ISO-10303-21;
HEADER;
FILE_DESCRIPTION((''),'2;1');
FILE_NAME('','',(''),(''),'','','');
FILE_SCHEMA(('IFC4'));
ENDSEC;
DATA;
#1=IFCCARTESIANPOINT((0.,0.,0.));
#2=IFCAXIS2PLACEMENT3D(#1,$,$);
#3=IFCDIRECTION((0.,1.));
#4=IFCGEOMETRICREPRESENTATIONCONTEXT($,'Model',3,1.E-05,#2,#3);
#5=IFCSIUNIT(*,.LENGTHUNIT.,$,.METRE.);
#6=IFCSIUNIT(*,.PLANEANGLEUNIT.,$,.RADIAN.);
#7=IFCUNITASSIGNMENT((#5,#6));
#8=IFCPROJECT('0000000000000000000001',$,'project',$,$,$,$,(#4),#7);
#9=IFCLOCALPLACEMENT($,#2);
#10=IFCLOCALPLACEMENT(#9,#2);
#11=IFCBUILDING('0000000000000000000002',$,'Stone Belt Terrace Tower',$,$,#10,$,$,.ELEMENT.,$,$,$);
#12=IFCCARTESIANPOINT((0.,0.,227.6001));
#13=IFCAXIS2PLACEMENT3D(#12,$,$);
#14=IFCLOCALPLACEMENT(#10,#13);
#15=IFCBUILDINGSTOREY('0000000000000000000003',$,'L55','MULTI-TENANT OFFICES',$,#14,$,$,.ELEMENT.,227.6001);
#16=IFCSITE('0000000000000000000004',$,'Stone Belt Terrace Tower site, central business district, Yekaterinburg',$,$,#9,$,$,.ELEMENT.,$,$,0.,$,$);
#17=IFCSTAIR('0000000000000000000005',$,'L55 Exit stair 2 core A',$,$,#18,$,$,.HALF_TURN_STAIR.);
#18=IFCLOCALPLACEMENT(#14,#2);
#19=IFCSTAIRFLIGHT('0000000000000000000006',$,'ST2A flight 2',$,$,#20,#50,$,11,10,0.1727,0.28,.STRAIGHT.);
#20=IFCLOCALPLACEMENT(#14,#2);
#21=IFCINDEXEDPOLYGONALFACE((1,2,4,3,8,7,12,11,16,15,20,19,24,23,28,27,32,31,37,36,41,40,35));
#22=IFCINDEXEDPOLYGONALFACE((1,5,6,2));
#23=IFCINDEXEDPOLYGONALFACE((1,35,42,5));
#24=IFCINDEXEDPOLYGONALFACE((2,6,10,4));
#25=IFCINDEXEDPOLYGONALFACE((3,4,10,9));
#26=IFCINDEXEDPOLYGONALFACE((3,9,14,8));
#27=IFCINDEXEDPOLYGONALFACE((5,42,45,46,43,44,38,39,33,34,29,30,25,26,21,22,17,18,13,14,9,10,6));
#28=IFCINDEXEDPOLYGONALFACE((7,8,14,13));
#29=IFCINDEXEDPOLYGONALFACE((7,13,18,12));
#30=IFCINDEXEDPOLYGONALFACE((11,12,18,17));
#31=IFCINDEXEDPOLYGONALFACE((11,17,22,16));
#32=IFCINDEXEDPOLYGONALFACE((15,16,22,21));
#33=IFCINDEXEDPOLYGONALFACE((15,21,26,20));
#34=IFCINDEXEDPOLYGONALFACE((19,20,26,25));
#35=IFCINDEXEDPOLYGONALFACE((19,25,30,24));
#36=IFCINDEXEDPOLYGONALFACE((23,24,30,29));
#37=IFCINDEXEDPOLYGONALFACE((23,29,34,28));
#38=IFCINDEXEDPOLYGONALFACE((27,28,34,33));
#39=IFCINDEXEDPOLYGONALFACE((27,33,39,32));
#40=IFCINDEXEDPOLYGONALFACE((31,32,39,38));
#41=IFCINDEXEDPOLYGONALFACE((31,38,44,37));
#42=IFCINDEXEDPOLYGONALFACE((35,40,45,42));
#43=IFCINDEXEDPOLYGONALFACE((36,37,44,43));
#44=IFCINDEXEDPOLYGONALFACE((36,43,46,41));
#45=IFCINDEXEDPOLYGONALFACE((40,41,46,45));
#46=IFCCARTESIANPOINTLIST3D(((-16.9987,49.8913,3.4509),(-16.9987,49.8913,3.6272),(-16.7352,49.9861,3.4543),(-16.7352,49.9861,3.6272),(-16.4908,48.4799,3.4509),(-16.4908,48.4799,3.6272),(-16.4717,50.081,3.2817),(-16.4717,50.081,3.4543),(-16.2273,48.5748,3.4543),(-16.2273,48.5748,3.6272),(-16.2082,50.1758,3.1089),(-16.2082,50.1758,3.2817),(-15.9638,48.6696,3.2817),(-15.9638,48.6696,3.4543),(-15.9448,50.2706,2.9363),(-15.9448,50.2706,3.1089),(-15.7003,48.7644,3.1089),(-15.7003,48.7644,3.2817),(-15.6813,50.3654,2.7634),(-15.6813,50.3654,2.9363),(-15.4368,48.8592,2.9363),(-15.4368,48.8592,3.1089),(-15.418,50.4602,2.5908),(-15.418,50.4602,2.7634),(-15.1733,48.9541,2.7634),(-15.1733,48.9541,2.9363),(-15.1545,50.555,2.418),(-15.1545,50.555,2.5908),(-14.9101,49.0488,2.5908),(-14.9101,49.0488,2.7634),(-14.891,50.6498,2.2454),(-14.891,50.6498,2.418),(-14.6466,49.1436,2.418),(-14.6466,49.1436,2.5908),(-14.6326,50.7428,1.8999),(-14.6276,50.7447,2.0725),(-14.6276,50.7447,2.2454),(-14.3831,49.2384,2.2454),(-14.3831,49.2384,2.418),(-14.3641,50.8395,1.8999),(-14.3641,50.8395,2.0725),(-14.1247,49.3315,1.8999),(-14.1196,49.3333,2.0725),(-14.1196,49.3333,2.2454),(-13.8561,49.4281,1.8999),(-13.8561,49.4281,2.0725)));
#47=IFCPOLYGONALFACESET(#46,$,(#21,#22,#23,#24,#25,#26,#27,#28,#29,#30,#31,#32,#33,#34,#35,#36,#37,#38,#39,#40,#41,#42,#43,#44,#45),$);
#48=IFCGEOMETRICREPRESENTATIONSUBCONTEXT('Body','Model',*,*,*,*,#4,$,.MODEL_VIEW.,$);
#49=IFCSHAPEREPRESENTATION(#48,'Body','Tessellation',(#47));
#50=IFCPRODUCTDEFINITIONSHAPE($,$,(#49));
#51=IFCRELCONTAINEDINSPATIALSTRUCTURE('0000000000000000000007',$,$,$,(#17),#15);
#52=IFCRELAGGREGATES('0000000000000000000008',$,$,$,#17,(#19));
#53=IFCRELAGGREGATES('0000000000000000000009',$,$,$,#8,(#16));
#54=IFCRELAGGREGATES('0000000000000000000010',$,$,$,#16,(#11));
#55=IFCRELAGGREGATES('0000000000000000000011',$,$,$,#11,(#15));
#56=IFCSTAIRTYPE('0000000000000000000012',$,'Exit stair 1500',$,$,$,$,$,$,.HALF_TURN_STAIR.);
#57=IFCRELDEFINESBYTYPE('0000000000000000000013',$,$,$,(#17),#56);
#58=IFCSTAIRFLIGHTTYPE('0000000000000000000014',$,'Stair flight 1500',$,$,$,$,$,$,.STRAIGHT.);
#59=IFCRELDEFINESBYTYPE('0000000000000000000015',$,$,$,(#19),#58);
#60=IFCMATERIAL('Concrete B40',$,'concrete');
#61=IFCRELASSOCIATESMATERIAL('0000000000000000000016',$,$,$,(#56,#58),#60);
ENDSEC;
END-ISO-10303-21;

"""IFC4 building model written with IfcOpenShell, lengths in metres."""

from ifc_helpers import new_model, si_unit, direction, frame, origin, place, context, subcontext, project, spatial, polyline, outline, extrude, material, type_object, element, aggregate, save


model = new_model("IFC4")

# Units and contexts
model_context = context("Model", 3, precision=1e-05, world=origin(), true_north=direction((0.0, 1.0)))
body_context = subcontext(model_context, "Body", "Model", "MODEL_VIEW")
ifc_project = project(units=[si_unit("LENGTHUNIT", "METRE"), si_unit("PLANEANGLEUNIT", "RADIAN")], contexts=[model_context])

# Site, building, storey
site_placement = place(None, origin())
site = spatial("IfcSite", under=ifc_project, at=site_placement, Name="Stone Belt Terrace Tower site, central business district, Yekaterinburg", CompositionType="ELEMENT", RefElevation=0.0)
building_placement = place(site_placement, origin())
building = spatial("IfcBuilding", under=site, at=building_placement, Name="Stone Belt Terrace Tower", CompositionType="ELEMENT")
storey_placement = place(building_placement, frame((0.0, 0.0, 227.6001)))
storey = spatial("IfcBuildingStorey", under=building, at=storey_placement, Name="L55", Description="MULTI-TENANT OFFICES", CompositionType="ELEMENT", Elevation=227.6001)

# Stair, stair flight
ifc_material_1 = material(Name="Concrete B40", Category="concrete")
stair_type = type_object("IfcStairType", Name="Exit stair 1500", PredefinedType="HALF_TURN_STAIR", material=ifc_material_1)
stair_placement = place(storey_placement, origin())
stair = element("IfcStair", 1, at=stair_placement, inside=storey, type_object=stair_type, Name="L55 Exit stair 2 core A", PredefinedType="HALF_TURN_STAIR")
stair_flight_type = type_object("IfcStairFlightType", Name="Stair flight 1500", PredefinedType="STRAIGHT", material=ifc_material_1)
stair_flight_placement = place(storey_placement, frame((-14.1101, 50.1338, 1.8999), z_axis=(0.0, 0.0, 1.0), x_axis=(-0.940922, -0.338624, 0.0)))
stair_flight = element("IfcStairFlight", 2, at=stair_flight_placement, type_object=stair_flight_type, Name="ST2A flight 2", NumberOfRisers=11, NumberOfTreads=10, PredefinedType="STRAIGHT", RiserHeight=0.1727, TreadLength=0.28, context=body_context, shape_type="SweptSolid", body=[
    extrude(outline(polyline([(0.0, 0.0), (0.0, 0.1726), (0.28, 0.1726), (0.28, 0.3455), (0.5601, 0.3455), (0.5601, 0.5181), (0.8401, 0.5181), (0.8401, 0.6909), (1.1201, 0.6909), (1.1201, 0.8635), (1.3999, 0.8635), (1.3999, 1.0364), (1.6799, 1.0364), (1.6799, 1.209), (1.96, 1.209), (1.96, 1.3818), (2.24, 1.3818), (2.24, 1.5544), (2.52, 1.5544), (2.52, 1.7273), (2.8, 1.7273), (2.8, 1.8999), (2.8, 1.551), (0.2854, 0.0), (0.0, 0.0)])), frame((0.0, 0.75, 0.0), z_axis=(0.0, -1.0, 0.0), x_axis=(1.0, 0.0, 0.0)), (0.0, 0.0, 1.0), 1.5),
])
aggregate(stair, [stair_flight])

save(model, "model.ifc")
